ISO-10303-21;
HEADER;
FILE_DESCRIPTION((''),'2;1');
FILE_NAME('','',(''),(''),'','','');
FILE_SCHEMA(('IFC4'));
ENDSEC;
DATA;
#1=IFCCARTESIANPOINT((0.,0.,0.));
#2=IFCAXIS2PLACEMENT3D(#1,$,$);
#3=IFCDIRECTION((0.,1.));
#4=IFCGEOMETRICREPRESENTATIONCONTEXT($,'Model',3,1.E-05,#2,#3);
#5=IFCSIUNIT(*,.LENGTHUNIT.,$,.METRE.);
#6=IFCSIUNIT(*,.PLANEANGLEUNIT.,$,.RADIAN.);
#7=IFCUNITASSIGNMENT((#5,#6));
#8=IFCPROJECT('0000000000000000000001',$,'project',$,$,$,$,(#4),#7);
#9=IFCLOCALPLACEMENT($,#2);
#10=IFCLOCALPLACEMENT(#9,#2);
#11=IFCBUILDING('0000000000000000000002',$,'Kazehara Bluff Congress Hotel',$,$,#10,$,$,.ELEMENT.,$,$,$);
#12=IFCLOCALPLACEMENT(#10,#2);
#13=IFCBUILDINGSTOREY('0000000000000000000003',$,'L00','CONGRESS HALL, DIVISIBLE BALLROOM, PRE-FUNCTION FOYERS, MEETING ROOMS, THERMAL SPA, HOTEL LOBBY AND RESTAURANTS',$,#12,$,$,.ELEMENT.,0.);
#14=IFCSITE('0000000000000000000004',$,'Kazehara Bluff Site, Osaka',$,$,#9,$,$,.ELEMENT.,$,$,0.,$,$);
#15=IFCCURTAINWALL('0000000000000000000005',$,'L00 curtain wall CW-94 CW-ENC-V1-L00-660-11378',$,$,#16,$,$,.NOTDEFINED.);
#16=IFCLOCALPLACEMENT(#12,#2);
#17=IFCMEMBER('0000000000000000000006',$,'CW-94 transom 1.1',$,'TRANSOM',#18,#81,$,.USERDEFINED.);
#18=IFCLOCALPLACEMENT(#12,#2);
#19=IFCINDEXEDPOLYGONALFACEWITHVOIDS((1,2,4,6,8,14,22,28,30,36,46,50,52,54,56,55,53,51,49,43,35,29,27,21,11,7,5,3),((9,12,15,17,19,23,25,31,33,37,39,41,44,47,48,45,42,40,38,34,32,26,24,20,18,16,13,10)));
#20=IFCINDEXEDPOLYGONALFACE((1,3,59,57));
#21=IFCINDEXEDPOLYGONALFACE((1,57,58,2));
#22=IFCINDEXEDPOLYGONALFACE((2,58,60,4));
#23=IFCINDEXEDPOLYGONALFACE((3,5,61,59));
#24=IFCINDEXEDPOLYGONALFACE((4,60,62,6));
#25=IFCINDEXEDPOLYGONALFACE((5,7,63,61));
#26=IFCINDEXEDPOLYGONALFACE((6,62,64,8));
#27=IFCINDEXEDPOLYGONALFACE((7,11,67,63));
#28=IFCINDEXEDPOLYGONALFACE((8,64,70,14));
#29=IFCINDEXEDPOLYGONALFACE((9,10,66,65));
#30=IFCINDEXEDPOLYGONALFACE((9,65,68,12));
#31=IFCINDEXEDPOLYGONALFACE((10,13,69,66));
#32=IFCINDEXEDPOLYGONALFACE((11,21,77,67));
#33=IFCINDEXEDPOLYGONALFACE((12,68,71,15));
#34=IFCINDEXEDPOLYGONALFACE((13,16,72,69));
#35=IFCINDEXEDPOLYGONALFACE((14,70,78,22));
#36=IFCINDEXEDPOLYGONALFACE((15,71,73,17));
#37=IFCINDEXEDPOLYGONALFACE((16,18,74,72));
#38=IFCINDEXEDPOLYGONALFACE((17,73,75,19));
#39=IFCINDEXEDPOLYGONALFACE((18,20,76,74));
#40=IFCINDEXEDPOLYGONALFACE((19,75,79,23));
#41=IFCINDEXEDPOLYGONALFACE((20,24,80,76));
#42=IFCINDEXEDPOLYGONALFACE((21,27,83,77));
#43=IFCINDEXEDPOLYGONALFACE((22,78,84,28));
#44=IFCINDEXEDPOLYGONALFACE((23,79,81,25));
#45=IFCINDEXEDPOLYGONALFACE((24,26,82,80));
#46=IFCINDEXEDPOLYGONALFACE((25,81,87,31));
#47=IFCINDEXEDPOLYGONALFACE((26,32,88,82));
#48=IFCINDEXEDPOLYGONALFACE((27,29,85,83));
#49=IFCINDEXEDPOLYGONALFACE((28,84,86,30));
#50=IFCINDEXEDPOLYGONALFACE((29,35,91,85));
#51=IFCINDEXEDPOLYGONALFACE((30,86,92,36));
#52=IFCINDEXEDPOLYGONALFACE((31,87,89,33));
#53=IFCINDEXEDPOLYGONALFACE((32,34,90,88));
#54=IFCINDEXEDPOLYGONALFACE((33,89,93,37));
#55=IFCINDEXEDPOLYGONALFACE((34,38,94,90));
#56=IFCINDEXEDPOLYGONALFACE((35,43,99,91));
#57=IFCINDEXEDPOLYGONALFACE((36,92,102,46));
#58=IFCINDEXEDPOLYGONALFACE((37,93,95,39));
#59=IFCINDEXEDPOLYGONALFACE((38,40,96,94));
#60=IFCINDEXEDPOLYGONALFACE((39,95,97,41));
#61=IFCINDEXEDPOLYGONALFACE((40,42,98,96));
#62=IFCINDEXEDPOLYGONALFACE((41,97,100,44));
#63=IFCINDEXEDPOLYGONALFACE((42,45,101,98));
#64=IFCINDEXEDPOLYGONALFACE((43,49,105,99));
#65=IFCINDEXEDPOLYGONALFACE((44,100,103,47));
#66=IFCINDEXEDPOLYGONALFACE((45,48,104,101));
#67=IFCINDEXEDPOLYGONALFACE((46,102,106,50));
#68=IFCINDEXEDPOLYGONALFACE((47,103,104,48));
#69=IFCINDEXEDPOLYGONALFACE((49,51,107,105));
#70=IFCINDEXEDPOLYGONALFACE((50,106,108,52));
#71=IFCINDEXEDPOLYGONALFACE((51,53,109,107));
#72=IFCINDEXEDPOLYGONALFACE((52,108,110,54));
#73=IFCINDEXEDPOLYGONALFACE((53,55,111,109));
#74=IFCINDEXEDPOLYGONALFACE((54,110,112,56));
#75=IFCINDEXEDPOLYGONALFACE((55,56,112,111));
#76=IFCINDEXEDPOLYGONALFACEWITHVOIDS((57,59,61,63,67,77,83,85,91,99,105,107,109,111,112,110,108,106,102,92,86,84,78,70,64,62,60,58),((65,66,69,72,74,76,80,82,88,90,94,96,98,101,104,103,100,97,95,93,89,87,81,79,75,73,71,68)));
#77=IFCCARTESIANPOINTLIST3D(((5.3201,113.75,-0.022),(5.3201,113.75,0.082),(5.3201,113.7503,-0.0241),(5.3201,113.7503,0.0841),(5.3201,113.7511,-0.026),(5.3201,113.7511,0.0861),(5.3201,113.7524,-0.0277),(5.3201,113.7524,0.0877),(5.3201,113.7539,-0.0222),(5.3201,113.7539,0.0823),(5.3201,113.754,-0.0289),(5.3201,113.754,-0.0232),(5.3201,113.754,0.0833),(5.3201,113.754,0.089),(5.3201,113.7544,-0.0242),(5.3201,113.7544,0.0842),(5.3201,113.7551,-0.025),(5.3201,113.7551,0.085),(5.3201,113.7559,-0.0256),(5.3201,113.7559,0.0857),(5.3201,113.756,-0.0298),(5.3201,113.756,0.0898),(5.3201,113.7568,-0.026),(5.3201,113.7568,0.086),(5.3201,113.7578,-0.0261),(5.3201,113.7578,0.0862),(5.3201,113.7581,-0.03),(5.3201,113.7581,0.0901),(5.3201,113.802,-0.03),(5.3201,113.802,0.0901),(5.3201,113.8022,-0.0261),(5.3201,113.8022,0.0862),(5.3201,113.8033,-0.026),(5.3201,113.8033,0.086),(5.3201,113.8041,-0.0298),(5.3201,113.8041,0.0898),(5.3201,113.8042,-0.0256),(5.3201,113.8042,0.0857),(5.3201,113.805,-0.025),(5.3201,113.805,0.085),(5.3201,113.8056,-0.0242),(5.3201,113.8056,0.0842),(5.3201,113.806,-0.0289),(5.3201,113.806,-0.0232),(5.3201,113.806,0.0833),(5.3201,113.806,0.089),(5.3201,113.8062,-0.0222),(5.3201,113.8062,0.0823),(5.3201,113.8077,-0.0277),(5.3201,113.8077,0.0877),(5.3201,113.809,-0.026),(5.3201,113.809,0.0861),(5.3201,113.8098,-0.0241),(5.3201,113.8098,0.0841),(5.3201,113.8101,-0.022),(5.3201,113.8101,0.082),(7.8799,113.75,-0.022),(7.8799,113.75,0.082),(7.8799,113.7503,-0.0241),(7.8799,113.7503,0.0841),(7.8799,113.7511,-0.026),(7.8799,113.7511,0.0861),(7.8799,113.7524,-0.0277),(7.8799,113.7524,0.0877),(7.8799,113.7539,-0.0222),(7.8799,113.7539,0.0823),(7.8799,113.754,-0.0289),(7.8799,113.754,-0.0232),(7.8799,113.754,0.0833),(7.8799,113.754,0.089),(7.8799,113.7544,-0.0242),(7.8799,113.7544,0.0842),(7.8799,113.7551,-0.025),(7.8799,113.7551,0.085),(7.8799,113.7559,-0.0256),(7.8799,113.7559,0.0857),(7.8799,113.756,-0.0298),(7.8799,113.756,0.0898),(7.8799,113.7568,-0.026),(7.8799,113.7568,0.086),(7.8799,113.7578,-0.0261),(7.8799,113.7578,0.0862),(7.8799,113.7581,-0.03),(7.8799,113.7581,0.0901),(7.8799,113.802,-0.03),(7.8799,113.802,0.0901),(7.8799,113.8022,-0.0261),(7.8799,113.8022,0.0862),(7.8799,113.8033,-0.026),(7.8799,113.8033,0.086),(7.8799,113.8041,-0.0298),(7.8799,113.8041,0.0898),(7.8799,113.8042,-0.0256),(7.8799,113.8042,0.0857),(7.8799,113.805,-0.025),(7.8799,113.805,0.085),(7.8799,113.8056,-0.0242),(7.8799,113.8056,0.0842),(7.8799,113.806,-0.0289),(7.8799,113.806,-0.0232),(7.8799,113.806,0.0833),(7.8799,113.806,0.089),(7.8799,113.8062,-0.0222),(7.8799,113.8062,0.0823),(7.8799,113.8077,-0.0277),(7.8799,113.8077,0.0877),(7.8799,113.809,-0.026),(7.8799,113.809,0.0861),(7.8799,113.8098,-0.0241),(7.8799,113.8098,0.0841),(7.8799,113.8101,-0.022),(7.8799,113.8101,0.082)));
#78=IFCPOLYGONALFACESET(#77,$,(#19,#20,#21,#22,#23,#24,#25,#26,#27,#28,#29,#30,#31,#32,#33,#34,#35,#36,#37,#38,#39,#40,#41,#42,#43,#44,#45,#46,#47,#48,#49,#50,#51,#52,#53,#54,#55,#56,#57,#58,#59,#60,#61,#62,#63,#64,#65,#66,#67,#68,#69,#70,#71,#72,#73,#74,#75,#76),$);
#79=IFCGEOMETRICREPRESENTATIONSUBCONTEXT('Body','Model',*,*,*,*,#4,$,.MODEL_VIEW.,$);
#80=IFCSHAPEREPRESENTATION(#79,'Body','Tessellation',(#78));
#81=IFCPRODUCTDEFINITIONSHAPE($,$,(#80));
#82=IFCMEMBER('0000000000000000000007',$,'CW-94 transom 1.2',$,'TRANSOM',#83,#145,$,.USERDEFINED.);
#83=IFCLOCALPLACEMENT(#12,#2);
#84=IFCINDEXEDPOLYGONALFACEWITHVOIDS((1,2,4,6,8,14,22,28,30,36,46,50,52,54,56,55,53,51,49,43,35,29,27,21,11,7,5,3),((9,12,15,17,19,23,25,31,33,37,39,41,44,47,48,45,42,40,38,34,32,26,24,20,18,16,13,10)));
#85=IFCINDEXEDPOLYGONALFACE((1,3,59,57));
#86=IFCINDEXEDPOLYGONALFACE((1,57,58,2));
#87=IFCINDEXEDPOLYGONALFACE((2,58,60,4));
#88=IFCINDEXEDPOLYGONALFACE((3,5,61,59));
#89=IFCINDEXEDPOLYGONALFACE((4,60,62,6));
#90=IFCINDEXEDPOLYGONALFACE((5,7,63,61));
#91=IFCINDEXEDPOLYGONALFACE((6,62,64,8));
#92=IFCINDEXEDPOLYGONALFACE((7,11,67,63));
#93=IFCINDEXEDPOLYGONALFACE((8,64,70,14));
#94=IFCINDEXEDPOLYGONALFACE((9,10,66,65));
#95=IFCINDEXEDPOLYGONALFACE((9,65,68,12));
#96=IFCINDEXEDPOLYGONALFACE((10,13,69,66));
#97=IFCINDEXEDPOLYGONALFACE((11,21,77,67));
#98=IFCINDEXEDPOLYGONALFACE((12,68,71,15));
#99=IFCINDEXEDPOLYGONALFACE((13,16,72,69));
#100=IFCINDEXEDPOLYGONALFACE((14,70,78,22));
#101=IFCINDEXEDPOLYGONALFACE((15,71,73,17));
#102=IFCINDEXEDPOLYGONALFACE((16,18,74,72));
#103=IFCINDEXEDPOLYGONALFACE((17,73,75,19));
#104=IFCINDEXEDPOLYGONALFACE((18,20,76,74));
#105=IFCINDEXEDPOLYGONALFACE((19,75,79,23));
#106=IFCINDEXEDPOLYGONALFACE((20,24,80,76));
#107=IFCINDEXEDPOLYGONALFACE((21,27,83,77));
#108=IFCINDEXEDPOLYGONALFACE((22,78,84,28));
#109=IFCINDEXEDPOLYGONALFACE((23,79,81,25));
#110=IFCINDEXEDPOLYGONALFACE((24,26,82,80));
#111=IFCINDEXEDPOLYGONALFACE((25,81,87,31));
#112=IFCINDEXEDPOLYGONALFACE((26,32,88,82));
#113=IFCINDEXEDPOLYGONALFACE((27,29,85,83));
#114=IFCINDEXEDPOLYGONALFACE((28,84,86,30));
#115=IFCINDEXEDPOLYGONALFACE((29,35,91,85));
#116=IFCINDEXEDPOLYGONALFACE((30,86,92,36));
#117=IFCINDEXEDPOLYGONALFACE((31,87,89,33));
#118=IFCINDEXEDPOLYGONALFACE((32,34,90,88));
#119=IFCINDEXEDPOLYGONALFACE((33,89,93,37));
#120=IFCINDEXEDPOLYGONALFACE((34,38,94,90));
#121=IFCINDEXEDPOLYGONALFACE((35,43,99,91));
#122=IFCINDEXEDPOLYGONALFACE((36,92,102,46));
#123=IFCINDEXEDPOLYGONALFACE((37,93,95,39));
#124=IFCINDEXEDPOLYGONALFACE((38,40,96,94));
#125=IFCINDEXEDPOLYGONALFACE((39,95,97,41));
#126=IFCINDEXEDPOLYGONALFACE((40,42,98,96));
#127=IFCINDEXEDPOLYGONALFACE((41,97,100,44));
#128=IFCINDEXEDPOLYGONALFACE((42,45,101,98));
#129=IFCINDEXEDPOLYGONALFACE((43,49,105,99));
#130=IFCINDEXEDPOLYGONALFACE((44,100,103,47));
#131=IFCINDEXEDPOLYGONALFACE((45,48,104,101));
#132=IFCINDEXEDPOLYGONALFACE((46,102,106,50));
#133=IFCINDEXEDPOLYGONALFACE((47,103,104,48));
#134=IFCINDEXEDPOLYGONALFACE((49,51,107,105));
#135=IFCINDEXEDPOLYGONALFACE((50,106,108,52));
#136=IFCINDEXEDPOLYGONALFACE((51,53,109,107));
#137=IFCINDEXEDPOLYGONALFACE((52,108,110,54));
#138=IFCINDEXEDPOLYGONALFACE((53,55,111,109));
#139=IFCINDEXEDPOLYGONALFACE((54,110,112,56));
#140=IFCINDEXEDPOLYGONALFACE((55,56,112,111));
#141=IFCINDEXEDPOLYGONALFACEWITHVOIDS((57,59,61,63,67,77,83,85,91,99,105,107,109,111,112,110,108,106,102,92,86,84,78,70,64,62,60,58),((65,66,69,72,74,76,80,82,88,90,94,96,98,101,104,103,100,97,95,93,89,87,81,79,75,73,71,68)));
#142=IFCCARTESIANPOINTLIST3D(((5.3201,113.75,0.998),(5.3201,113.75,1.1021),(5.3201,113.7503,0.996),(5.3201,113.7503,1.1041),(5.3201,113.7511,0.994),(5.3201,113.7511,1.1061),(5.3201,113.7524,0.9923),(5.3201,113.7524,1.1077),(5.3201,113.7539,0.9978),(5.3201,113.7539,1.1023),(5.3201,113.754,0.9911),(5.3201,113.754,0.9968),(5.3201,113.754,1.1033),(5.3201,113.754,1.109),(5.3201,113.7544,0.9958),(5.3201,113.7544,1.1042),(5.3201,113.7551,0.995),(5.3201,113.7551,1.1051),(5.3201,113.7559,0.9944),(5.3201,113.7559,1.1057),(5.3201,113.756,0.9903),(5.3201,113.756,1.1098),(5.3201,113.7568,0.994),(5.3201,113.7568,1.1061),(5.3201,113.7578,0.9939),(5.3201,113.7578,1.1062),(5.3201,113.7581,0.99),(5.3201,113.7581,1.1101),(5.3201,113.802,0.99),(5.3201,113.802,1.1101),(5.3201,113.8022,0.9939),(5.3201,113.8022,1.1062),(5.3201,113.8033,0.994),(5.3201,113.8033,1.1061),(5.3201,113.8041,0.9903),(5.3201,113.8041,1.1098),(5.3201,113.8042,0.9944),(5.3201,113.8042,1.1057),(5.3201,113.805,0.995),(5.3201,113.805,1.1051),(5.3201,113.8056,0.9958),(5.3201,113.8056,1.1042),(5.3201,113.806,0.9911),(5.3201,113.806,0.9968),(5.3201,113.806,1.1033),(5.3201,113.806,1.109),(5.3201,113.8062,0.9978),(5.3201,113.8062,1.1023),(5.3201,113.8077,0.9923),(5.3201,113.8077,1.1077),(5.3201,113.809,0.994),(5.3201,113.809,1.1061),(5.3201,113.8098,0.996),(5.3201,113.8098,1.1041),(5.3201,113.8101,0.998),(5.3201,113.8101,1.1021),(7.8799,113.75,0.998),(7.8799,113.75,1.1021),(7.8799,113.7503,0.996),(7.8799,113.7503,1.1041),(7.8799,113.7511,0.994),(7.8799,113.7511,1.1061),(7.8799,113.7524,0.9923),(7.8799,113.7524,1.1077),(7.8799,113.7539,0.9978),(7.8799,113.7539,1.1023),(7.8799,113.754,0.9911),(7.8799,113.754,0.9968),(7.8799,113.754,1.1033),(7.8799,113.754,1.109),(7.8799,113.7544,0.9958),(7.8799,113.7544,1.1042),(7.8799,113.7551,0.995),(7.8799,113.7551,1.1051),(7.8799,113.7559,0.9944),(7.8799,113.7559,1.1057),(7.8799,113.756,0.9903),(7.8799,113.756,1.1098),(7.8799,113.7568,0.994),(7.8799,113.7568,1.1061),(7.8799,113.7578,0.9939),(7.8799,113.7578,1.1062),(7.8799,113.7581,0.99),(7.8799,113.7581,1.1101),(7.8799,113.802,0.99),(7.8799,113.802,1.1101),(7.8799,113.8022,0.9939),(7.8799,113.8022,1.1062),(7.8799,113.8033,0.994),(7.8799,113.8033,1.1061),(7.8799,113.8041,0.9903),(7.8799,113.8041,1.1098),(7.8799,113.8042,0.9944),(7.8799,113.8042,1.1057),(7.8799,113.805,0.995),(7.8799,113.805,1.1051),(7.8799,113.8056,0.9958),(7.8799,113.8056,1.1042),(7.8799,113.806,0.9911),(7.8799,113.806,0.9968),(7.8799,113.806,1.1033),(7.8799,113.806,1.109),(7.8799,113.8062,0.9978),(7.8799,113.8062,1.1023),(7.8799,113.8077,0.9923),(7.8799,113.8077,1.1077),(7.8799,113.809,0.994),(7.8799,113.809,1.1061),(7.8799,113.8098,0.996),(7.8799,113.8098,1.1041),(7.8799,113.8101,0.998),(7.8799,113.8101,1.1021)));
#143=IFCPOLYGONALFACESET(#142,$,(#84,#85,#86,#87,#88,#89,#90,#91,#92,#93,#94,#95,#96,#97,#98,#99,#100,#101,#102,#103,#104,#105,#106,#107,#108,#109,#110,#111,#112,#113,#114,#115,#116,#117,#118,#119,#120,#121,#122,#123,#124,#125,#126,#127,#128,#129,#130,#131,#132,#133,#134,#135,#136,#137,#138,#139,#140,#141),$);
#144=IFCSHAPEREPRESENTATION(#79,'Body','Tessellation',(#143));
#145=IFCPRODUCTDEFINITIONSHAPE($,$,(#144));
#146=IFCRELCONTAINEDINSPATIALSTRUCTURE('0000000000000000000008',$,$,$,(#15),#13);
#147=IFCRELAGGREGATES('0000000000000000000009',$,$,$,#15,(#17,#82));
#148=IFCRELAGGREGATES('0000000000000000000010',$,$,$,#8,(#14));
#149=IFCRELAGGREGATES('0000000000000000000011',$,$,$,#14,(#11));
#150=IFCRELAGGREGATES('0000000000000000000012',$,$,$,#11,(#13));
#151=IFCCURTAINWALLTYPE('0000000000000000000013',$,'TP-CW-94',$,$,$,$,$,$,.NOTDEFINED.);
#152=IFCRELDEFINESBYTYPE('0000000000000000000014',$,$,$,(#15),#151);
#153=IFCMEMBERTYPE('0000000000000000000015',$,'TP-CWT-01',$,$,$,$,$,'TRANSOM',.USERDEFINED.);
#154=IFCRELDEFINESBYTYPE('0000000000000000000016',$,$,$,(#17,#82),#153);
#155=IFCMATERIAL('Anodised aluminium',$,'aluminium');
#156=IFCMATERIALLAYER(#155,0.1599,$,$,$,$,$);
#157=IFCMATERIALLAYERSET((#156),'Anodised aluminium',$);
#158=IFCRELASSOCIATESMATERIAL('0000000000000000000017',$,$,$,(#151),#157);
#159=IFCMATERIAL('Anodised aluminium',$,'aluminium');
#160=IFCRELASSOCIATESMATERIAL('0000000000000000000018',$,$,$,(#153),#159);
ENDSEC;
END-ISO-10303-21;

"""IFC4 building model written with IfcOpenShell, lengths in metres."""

from ifc_helpers import new_model, si_unit, direction, frame, origin, origin_2d, place, context, subcontext, project, spatial, hollow_rectangle, extrude, material, layer, layer_set, material_profile, profile_set, type_object, element, aggregate, save


model = new_model("IFC4")

# Units and contexts
model_context = context("Model", 3, precision=1e-05, world=origin(), true_north=direction((0.0, 1.0)))
body_context = subcontext(model_context, "Body", "Model", "MODEL_VIEW")
ifc_project = project(units=[si_unit("LENGTHUNIT", "METRE"), si_unit("PLANEANGLEUNIT", "RADIAN")], contexts=[model_context])

# Site, building, storey
site_placement = place(None, origin())
site = spatial("IfcSite", under=ifc_project, at=site_placement, Name="Kazehara Bluff Site, Osaka", CompositionType="ELEMENT", RefElevation=0.0)
building_placement = place(site_placement, origin())
building = spatial("IfcBuilding", under=site, at=building_placement, Name="Kazehara Bluff Congress Hotel", CompositionType="ELEMENT")
storey_placement = place(building_placement, origin())
storey = spatial("IfcBuildingStorey", under=building, at=storey_placement, Name="L00", Description="CONGRESS HALL, DIVISIBLE BALLROOM, PRE-FUNCTION FOYERS, MEETING ROOMS, THERMAL SPA, HOTEL LOBBY AND RESTAURANTS", CompositionType="ELEMENT", Elevation=0.0)

# Curtain wall, members
ifc_material_1 = material(Name="Anodised aluminium", Category="aluminium")
ifc_layer_1 = layer(ifc_material_1, 0.1599)
ifc_layer_set_1 = layer_set([ifc_layer_1], Name="Anodised aluminium")
curtain_wall_type = type_object("IfcCurtainWallType", Name="TP-CW-94", PredefinedType="NOTDEFINED", material=ifc_layer_set_1)
curtain_wall_placement = place(storey_placement, origin())
curtain_wall = element("IfcCurtainWall", 1, at=curtain_wall_placement, inside=storey, type_object=curtain_wall_type, Name="L00 curtain wall CW-94 CW-ENC-V1-L00-660-11378", PredefinedType="NOTDEFINED")
ifc_material_2 = material(Name="Anodised aluminium", Category="aluminium")
ifc_material_profile_1 = material_profile(ifc_material_2, hollow_rectangle(XDim=0.0601, YDim=0.1201, WallThickness=0.0039, InnerFilletRadius=0.0039, OuterFilletRadius=0.0081, at=origin_2d()))
ifc_profile_set_1 = profile_set([ifc_material_profile_1], Name="Anodised aluminium")
member_type_1 = type_object("IfcMemberType", Name="TP-CWT-01", ElementType="TRANSOM", PredefinedType="USERDEFINED", material=ifc_profile_set_1)
member_1_placement = place(storey_placement, frame((5.3201, 113.78, 0.03), z_axis=(1.0, 0.0, 0.0), x_axis=(0.0, 1.0, 0.0)))
member_1 = element("IfcMember", 2, at=member_1_placement, type_object=member_type_1, Name="CW-94 transom 1.1", ObjectType="TRANSOM", PredefinedType="USERDEFINED", context=body_context, shape_type="SweptSolid", body=[
    extrude(hollow_rectangle(XDim=0.0601, YDim=0.1201, WallThickness=0.0039, InnerFilletRadius=0.0039, OuterFilletRadius=0.0081, at=origin_2d()), origin(), (0.0, 0.0, 1.0), 2.5598),
])
member_2_placement = place(storey_placement, frame((5.3201, 113.78, 1.05), z_axis=(1.0, 0.0, 0.0), x_axis=(0.0, 1.0, 0.0)))
member_2 = element("IfcMember", 3, at=member_2_placement, type_object=member_type_1, Name="CW-94 transom 1.2", ObjectType="TRANSOM", PredefinedType="USERDEFINED", context=body_context, shape_type="SweptSolid", body=[
    extrude(hollow_rectangle(XDim=0.0601, YDim=0.1201, WallThickness=0.0039, InnerFilletRadius=0.0039, OuterFilletRadius=0.0081, at=origin_2d()), origin(), (0.0, 0.0, 1.0), 2.5598),
])

aggregate(curtain_wall, [member_1, member_2])

save(model, "model.ifc")
